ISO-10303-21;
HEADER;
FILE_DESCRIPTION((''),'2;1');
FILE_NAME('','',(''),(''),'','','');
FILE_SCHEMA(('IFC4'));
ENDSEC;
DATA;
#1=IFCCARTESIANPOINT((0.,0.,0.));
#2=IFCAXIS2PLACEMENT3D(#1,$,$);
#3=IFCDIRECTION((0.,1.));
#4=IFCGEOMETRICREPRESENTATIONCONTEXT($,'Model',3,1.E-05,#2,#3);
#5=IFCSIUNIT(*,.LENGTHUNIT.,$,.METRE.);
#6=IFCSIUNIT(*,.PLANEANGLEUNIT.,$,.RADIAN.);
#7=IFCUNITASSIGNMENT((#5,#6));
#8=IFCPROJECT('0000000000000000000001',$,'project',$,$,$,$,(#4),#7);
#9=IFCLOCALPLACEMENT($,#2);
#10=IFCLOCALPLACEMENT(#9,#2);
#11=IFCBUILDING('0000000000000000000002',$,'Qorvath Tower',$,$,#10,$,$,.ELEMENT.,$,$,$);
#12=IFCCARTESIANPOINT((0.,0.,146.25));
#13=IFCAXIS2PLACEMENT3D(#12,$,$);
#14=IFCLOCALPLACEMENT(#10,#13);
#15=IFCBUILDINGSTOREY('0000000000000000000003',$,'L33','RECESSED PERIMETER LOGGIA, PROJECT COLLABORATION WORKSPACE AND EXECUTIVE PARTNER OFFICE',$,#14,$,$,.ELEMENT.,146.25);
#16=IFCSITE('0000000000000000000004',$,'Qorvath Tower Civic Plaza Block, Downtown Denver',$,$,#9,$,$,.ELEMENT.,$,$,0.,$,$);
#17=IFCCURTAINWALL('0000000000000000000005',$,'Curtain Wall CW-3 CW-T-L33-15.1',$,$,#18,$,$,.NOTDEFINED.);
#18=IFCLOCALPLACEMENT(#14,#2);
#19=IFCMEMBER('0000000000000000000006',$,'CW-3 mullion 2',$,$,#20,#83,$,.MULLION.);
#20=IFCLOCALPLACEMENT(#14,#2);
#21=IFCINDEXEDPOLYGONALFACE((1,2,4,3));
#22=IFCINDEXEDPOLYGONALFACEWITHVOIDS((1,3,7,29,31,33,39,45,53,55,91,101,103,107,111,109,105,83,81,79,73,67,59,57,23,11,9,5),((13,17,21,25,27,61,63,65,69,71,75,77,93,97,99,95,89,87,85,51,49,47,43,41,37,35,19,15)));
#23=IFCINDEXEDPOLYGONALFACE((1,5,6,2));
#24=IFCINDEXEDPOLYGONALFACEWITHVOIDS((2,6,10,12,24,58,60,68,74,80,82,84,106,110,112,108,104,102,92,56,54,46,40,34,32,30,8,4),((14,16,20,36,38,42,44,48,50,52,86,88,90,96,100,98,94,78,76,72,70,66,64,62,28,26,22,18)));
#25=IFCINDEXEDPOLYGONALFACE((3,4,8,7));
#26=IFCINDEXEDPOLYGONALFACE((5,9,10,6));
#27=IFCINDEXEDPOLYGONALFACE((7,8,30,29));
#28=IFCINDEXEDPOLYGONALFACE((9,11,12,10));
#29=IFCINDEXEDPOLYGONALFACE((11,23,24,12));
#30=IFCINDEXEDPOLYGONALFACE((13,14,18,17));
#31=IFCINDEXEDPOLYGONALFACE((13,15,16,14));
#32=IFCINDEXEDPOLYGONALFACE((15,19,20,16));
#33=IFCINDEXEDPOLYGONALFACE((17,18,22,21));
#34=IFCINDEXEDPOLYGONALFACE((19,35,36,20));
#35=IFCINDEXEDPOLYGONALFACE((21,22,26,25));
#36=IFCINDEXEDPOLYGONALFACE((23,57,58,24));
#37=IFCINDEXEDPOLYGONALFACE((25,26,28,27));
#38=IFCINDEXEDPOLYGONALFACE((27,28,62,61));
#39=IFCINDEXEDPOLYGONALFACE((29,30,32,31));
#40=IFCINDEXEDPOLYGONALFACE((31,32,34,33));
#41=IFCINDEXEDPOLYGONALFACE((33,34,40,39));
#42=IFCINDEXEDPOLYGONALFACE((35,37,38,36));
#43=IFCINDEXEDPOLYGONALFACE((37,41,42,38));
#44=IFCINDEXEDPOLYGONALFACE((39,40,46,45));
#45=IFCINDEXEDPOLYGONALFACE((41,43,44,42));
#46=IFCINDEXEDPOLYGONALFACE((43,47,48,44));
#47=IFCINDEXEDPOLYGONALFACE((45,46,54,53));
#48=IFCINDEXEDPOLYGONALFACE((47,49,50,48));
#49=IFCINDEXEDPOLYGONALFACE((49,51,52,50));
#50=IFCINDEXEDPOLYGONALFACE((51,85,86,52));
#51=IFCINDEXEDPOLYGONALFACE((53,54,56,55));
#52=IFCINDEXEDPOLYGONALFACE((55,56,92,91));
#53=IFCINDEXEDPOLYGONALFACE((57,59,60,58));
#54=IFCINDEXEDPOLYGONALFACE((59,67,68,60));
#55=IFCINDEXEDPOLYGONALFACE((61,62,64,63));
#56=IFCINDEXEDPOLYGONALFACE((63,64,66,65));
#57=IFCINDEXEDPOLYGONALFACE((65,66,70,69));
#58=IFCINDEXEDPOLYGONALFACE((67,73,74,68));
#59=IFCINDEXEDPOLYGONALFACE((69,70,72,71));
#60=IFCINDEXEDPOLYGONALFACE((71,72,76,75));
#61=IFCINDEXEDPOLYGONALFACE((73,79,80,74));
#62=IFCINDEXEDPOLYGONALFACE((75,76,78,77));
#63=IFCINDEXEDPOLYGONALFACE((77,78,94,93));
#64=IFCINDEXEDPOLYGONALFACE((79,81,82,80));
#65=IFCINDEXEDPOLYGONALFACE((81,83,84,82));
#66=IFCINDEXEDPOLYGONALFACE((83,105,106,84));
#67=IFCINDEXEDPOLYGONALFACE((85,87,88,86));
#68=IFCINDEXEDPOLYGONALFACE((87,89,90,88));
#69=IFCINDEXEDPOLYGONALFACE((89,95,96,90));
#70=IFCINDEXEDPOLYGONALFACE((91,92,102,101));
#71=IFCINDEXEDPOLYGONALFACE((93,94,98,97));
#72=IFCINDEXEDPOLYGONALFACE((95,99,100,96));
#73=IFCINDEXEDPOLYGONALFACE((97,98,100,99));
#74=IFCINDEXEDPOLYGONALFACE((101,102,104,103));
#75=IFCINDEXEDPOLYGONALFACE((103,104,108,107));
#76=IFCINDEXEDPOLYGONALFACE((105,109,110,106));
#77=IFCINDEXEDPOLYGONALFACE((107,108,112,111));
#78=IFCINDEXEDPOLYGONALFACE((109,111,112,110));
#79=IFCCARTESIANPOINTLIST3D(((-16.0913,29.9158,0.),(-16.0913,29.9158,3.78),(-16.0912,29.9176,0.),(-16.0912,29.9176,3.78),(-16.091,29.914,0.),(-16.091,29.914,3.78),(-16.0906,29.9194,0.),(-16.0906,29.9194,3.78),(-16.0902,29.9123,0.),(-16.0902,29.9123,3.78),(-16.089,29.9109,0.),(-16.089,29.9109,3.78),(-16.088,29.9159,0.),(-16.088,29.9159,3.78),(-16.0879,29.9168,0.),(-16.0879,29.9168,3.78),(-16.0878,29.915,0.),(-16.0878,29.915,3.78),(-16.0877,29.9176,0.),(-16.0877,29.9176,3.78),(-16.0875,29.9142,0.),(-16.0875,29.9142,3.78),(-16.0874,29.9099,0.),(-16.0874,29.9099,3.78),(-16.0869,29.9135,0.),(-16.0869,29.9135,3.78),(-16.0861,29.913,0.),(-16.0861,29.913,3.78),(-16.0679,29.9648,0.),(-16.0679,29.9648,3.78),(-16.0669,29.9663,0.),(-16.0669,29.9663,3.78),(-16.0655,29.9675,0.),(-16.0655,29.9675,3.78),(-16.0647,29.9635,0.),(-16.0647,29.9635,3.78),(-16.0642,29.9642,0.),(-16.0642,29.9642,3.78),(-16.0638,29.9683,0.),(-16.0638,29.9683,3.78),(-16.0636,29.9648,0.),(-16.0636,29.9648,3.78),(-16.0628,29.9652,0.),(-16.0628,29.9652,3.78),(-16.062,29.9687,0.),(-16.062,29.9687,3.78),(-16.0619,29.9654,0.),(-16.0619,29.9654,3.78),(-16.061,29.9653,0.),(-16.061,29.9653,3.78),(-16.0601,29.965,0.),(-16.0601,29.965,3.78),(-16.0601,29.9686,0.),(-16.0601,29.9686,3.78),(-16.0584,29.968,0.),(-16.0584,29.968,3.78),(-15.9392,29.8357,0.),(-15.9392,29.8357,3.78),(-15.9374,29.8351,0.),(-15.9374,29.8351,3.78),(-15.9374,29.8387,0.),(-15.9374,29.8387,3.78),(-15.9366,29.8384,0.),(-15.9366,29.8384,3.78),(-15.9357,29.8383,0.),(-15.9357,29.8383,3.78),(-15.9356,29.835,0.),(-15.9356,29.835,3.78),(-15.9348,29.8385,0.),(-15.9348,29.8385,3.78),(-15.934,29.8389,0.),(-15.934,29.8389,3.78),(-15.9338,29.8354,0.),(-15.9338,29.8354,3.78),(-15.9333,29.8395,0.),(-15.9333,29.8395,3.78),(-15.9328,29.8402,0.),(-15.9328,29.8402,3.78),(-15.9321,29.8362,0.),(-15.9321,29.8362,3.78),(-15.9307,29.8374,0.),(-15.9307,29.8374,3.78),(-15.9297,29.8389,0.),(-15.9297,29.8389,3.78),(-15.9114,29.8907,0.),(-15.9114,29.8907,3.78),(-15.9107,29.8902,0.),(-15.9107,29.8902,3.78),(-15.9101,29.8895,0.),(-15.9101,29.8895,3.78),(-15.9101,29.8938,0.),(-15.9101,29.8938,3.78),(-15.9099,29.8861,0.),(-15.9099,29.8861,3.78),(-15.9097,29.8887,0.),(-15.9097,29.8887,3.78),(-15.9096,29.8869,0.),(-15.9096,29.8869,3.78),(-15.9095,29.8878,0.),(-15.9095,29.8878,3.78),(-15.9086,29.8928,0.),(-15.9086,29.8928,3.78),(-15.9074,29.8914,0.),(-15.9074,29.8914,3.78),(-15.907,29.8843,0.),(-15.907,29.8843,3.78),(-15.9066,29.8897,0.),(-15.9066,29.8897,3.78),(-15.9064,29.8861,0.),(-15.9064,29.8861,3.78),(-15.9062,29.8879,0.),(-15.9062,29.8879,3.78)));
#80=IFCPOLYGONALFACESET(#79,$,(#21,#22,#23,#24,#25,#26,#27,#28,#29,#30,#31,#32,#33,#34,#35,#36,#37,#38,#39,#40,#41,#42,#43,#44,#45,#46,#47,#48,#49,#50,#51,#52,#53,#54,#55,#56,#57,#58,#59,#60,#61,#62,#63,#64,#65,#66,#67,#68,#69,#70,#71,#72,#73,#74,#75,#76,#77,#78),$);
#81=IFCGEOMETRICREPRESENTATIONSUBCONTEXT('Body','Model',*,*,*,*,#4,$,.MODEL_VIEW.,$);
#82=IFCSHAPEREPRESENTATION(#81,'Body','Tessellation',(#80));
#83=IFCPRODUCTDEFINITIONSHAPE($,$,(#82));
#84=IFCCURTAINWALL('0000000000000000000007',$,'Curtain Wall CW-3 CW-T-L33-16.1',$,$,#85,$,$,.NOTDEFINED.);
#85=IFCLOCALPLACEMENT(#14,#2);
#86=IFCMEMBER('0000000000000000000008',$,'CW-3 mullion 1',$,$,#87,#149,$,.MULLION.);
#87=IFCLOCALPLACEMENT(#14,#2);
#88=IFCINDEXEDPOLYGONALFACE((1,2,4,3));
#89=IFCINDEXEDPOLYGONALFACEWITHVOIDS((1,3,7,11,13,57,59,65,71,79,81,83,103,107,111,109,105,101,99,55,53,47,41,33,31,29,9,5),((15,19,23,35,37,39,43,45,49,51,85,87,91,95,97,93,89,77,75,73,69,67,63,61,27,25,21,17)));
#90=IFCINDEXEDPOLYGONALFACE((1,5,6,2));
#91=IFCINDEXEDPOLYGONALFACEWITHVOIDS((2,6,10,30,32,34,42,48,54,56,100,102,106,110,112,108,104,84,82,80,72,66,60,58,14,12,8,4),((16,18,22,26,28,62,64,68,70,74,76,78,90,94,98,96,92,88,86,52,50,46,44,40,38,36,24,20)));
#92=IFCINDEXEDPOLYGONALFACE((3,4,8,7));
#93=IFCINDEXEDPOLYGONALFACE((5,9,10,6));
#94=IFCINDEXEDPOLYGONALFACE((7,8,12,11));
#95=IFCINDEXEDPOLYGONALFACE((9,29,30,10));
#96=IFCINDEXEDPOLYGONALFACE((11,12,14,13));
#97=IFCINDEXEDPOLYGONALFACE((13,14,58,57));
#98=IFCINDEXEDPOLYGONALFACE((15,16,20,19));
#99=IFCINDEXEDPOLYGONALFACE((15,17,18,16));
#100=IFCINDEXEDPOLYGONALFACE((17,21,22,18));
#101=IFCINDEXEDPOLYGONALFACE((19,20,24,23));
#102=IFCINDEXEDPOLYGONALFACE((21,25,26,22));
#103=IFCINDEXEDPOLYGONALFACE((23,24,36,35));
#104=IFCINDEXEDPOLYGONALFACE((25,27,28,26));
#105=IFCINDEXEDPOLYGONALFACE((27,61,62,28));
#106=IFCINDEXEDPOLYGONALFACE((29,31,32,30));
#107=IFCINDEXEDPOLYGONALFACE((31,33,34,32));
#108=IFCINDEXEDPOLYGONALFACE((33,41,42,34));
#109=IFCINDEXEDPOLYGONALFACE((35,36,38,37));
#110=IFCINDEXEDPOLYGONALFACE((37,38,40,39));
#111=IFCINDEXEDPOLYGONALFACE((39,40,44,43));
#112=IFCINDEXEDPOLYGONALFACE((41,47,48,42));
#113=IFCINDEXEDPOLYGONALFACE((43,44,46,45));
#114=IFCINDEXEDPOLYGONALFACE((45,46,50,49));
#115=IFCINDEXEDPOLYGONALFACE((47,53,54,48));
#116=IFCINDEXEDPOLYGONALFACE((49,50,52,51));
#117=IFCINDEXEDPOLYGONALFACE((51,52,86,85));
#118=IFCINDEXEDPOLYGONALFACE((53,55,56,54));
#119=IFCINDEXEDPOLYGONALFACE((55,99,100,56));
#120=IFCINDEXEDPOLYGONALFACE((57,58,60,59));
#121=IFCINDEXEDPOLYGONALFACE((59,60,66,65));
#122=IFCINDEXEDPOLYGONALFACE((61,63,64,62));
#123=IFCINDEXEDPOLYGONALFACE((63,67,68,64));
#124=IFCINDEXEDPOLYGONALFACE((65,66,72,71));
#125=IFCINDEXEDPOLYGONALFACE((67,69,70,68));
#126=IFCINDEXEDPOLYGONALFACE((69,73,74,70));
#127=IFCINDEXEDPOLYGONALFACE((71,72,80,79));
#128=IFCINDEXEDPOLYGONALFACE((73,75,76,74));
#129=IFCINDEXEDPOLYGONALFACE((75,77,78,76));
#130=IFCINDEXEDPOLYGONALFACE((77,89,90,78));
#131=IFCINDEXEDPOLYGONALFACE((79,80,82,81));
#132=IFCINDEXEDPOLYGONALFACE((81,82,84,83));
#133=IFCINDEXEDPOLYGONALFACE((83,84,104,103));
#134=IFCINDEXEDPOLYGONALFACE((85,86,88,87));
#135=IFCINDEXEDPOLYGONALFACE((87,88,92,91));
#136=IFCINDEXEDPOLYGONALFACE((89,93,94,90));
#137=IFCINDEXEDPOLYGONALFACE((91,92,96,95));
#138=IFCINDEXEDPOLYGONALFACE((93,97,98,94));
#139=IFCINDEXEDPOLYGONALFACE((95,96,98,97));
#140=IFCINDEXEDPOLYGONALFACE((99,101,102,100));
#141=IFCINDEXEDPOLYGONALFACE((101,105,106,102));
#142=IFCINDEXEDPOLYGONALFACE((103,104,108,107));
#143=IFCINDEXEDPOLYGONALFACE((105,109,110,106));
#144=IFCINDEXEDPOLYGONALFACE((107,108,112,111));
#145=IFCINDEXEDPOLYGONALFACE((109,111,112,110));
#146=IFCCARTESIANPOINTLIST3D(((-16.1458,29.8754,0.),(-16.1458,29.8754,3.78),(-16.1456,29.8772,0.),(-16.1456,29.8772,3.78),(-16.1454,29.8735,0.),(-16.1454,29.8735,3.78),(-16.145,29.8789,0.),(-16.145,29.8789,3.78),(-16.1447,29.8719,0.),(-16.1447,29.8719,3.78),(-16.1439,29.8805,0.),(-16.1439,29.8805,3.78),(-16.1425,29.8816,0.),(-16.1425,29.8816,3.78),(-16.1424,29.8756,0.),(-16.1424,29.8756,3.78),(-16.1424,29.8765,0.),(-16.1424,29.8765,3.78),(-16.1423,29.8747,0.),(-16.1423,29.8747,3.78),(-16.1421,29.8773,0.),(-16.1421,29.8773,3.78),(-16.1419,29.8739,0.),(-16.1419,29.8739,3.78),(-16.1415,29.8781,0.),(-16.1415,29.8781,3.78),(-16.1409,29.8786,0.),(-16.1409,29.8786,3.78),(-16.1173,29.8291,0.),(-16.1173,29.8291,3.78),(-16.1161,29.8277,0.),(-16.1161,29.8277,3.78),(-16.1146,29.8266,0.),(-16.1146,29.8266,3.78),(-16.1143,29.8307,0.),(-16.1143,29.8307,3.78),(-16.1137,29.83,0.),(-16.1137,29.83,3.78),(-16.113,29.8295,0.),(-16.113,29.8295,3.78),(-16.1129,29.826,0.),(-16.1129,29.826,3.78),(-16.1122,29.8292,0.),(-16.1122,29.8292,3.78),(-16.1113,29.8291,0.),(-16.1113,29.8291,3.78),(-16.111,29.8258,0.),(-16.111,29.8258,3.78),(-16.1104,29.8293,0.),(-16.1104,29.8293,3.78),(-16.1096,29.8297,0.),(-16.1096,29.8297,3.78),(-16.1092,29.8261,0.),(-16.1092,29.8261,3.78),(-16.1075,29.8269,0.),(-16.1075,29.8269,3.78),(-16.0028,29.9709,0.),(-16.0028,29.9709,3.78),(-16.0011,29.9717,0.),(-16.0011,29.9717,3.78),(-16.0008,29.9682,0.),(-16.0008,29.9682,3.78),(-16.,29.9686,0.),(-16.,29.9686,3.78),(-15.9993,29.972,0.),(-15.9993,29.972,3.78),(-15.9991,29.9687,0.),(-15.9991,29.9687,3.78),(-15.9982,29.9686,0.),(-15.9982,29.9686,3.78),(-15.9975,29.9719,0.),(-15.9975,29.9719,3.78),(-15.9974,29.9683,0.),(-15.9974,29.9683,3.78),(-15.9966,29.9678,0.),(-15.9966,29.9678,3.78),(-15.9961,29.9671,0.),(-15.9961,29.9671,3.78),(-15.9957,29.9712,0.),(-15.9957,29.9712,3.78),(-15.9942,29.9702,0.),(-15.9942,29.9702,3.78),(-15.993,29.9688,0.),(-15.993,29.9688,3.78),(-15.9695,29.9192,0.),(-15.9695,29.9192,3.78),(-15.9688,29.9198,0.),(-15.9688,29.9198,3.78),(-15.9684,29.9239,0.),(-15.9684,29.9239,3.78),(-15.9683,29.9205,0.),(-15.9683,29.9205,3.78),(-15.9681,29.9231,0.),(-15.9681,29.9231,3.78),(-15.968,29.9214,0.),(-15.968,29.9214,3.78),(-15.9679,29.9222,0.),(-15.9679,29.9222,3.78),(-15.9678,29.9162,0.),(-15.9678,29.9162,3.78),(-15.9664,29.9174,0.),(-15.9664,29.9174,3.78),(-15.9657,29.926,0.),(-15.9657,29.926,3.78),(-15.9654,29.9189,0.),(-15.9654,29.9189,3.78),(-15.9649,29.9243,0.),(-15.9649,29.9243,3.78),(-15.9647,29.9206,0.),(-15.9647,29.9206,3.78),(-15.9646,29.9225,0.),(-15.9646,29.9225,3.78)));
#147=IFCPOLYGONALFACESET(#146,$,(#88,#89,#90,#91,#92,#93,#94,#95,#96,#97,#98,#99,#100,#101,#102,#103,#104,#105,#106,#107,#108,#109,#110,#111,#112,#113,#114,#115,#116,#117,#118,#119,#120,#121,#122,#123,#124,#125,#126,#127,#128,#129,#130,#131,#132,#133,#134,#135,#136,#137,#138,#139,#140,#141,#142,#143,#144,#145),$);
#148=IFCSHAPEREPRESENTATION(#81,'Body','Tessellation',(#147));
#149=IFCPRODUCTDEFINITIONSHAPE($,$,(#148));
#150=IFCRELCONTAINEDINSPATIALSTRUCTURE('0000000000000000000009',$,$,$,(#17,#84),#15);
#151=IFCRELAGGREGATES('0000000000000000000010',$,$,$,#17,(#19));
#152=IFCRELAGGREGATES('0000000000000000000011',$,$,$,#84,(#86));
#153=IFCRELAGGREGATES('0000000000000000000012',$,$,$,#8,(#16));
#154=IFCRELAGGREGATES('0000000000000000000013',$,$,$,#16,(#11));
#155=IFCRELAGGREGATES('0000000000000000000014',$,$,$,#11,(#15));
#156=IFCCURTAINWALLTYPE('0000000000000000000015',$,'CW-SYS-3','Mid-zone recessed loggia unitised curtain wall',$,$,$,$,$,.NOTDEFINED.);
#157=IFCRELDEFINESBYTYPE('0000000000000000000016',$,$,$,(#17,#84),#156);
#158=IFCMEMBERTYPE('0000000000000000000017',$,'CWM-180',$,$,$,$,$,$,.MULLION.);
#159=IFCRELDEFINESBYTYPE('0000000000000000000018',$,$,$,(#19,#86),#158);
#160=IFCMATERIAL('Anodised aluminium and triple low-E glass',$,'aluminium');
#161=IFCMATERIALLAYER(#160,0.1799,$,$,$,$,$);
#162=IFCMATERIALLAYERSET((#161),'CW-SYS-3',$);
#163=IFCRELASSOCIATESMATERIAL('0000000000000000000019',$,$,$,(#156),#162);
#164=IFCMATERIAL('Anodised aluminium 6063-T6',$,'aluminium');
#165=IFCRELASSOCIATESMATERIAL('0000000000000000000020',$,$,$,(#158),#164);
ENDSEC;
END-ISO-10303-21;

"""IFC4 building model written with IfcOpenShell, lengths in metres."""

from ifc_helpers import new_model, si_unit, direction, frame, origin, origin_2d, place, context, subcontext, project, spatial, hollow_rectangle, extrude, material, layer, layer_set, material_profile, profile_set, type_object, element, aggregate, save


model = new_model("IFC4")

# Units and contexts
model_context = context("Model", 3, precision=1e-05, world=origin(), true_north=direction((0.0, 1.0)))
body_context = subcontext(model_context, "Body", "Model", "MODEL_VIEW")
ifc_project = project(units=[si_unit("LENGTHUNIT", "METRE"), si_unit("PLANEANGLEUNIT", "RADIAN")], contexts=[model_context])

# Site, building, storey
site_placement = place(None, origin())
site = spatial("IfcSite", under=ifc_project, at=site_placement, Name="Qorvath Tower Civic Plaza Block, Downtown Denver", CompositionType="ELEMENT", RefElevation=0.0)
building_placement = place(site_placement, origin())
building = spatial("IfcBuilding", under=site, at=building_placement, Name="Qorvath Tower", CompositionType="ELEMENT")
storey_placement = place(building_placement, frame((0.0, 0.0, 146.25)))
storey = spatial("IfcBuildingStorey", under=building, at=storey_placement, Name="L33", Description="RECESSED PERIMETER LOGGIA, PROJECT COLLABORATION WORKSPACE AND EXECUTIVE PARTNER OFFICE", CompositionType="ELEMENT", Elevation=146.25)

# Shared definitions
ifc_material_1 = material(Name="Anodised aluminium and triple low-E glass", Category="aluminium")
ifc_layer_1 = layer(ifc_material_1, 0.1799)
ifc_layer_set_1 = layer_set([ifc_layer_1], Name="CW-SYS-3")
curtain_wall_type = type_object("IfcCurtainWallType", Name="CW-SYS-3", Description="Mid-zone recessed loggia unitised curtain wall", PredefinedType="NOTDEFINED", material=ifc_layer_set_1)
ifc_material_2 = material(Name="Anodised aluminium 6063-T6", Category="aluminium")
ifc_material_profile_1 = material_profile(ifc_material_2, hollow_rectangle(XDim=0.0649, YDim=0.1799, WallThickness=0.0034, InnerFilletRadius=0.0034, OuterFilletRadius=0.0071, at=origin_2d()), Name="CWM 180x65")
ifc_profile_set_1 = profile_set([ifc_material_profile_1], Name="Anodised aluminium 6063-T6")
member_type_1 = type_object("IfcMemberType", Name="CWM-180", PredefinedType="MULLION", material=ifc_profile_set_1)

# Curtain wall, member
curtain_wall_1_placement = place(storey_placement, origin())
curtain_wall_1 = element("IfcCurtainWall", 1, at=curtain_wall_1_placement, inside=storey, type_object=curtain_wall_type, Name="Curtain Wall CW-3 CW-T-L33-15.1", PredefinedType="NOTDEFINED")
member_1_placement = place(storey_placement, frame((-15.9988, 29.9019, 0.0), z_axis=(0.0, 0.0, 1.0), x_axis=(-0.447172, -0.894448, 0.0)))
member_1 = element("IfcMember", 2, at=member_1_placement, type_object=member_type_1, Name="CW-3 mullion 2", PredefinedType="MULLION", context=body_context, shape_type="SweptSolid", body=[
    extrude(hollow_rectangle(XDim=0.0649, YDim=0.1799, WallThickness=0.0034, InnerFilletRadius=0.0034, OuterFilletRadius=0.0071, at=origin_2d()), origin(), (0.0, 0.0, 1.0), 3.78),
])

# Curtain wall, member
curtain_wall_2_placement = place(storey_placement, origin())
curtain_wall_2 = element("IfcCurtainWall", 3, at=curtain_wall_2_placement, inside=storey, type_object=curtain_wall_type, Name="Curtain Wall CW-3 CW-T-L33-16.1", PredefinedType="NOTDEFINED")
member_2_placement = place(storey_placement, frame((-16.0552, 29.8989, 0.0), z_axis=(0.0, 0.0, 1.0), x_axis=(0.538533, -0.842604, 0.0)))
member_2 = element("IfcMember", 4, at=member_2_placement, type_object=member_type_1, Name="CW-3 mullion 1", PredefinedType="MULLION", context=body_context, shape_type="SweptSolid", body=[
    extrude(hollow_rectangle(XDim=0.0649, YDim=0.1799, WallThickness=0.0034, InnerFilletRadius=0.0034, OuterFilletRadius=0.0071, at=origin_2d()), origin(), (0.0, 0.0, 1.0), 3.78),
])

aggregate(curtain_wall_1, [member_1])
aggregate(curtain_wall_2, [member_2])

save(model, "model.ifc")
